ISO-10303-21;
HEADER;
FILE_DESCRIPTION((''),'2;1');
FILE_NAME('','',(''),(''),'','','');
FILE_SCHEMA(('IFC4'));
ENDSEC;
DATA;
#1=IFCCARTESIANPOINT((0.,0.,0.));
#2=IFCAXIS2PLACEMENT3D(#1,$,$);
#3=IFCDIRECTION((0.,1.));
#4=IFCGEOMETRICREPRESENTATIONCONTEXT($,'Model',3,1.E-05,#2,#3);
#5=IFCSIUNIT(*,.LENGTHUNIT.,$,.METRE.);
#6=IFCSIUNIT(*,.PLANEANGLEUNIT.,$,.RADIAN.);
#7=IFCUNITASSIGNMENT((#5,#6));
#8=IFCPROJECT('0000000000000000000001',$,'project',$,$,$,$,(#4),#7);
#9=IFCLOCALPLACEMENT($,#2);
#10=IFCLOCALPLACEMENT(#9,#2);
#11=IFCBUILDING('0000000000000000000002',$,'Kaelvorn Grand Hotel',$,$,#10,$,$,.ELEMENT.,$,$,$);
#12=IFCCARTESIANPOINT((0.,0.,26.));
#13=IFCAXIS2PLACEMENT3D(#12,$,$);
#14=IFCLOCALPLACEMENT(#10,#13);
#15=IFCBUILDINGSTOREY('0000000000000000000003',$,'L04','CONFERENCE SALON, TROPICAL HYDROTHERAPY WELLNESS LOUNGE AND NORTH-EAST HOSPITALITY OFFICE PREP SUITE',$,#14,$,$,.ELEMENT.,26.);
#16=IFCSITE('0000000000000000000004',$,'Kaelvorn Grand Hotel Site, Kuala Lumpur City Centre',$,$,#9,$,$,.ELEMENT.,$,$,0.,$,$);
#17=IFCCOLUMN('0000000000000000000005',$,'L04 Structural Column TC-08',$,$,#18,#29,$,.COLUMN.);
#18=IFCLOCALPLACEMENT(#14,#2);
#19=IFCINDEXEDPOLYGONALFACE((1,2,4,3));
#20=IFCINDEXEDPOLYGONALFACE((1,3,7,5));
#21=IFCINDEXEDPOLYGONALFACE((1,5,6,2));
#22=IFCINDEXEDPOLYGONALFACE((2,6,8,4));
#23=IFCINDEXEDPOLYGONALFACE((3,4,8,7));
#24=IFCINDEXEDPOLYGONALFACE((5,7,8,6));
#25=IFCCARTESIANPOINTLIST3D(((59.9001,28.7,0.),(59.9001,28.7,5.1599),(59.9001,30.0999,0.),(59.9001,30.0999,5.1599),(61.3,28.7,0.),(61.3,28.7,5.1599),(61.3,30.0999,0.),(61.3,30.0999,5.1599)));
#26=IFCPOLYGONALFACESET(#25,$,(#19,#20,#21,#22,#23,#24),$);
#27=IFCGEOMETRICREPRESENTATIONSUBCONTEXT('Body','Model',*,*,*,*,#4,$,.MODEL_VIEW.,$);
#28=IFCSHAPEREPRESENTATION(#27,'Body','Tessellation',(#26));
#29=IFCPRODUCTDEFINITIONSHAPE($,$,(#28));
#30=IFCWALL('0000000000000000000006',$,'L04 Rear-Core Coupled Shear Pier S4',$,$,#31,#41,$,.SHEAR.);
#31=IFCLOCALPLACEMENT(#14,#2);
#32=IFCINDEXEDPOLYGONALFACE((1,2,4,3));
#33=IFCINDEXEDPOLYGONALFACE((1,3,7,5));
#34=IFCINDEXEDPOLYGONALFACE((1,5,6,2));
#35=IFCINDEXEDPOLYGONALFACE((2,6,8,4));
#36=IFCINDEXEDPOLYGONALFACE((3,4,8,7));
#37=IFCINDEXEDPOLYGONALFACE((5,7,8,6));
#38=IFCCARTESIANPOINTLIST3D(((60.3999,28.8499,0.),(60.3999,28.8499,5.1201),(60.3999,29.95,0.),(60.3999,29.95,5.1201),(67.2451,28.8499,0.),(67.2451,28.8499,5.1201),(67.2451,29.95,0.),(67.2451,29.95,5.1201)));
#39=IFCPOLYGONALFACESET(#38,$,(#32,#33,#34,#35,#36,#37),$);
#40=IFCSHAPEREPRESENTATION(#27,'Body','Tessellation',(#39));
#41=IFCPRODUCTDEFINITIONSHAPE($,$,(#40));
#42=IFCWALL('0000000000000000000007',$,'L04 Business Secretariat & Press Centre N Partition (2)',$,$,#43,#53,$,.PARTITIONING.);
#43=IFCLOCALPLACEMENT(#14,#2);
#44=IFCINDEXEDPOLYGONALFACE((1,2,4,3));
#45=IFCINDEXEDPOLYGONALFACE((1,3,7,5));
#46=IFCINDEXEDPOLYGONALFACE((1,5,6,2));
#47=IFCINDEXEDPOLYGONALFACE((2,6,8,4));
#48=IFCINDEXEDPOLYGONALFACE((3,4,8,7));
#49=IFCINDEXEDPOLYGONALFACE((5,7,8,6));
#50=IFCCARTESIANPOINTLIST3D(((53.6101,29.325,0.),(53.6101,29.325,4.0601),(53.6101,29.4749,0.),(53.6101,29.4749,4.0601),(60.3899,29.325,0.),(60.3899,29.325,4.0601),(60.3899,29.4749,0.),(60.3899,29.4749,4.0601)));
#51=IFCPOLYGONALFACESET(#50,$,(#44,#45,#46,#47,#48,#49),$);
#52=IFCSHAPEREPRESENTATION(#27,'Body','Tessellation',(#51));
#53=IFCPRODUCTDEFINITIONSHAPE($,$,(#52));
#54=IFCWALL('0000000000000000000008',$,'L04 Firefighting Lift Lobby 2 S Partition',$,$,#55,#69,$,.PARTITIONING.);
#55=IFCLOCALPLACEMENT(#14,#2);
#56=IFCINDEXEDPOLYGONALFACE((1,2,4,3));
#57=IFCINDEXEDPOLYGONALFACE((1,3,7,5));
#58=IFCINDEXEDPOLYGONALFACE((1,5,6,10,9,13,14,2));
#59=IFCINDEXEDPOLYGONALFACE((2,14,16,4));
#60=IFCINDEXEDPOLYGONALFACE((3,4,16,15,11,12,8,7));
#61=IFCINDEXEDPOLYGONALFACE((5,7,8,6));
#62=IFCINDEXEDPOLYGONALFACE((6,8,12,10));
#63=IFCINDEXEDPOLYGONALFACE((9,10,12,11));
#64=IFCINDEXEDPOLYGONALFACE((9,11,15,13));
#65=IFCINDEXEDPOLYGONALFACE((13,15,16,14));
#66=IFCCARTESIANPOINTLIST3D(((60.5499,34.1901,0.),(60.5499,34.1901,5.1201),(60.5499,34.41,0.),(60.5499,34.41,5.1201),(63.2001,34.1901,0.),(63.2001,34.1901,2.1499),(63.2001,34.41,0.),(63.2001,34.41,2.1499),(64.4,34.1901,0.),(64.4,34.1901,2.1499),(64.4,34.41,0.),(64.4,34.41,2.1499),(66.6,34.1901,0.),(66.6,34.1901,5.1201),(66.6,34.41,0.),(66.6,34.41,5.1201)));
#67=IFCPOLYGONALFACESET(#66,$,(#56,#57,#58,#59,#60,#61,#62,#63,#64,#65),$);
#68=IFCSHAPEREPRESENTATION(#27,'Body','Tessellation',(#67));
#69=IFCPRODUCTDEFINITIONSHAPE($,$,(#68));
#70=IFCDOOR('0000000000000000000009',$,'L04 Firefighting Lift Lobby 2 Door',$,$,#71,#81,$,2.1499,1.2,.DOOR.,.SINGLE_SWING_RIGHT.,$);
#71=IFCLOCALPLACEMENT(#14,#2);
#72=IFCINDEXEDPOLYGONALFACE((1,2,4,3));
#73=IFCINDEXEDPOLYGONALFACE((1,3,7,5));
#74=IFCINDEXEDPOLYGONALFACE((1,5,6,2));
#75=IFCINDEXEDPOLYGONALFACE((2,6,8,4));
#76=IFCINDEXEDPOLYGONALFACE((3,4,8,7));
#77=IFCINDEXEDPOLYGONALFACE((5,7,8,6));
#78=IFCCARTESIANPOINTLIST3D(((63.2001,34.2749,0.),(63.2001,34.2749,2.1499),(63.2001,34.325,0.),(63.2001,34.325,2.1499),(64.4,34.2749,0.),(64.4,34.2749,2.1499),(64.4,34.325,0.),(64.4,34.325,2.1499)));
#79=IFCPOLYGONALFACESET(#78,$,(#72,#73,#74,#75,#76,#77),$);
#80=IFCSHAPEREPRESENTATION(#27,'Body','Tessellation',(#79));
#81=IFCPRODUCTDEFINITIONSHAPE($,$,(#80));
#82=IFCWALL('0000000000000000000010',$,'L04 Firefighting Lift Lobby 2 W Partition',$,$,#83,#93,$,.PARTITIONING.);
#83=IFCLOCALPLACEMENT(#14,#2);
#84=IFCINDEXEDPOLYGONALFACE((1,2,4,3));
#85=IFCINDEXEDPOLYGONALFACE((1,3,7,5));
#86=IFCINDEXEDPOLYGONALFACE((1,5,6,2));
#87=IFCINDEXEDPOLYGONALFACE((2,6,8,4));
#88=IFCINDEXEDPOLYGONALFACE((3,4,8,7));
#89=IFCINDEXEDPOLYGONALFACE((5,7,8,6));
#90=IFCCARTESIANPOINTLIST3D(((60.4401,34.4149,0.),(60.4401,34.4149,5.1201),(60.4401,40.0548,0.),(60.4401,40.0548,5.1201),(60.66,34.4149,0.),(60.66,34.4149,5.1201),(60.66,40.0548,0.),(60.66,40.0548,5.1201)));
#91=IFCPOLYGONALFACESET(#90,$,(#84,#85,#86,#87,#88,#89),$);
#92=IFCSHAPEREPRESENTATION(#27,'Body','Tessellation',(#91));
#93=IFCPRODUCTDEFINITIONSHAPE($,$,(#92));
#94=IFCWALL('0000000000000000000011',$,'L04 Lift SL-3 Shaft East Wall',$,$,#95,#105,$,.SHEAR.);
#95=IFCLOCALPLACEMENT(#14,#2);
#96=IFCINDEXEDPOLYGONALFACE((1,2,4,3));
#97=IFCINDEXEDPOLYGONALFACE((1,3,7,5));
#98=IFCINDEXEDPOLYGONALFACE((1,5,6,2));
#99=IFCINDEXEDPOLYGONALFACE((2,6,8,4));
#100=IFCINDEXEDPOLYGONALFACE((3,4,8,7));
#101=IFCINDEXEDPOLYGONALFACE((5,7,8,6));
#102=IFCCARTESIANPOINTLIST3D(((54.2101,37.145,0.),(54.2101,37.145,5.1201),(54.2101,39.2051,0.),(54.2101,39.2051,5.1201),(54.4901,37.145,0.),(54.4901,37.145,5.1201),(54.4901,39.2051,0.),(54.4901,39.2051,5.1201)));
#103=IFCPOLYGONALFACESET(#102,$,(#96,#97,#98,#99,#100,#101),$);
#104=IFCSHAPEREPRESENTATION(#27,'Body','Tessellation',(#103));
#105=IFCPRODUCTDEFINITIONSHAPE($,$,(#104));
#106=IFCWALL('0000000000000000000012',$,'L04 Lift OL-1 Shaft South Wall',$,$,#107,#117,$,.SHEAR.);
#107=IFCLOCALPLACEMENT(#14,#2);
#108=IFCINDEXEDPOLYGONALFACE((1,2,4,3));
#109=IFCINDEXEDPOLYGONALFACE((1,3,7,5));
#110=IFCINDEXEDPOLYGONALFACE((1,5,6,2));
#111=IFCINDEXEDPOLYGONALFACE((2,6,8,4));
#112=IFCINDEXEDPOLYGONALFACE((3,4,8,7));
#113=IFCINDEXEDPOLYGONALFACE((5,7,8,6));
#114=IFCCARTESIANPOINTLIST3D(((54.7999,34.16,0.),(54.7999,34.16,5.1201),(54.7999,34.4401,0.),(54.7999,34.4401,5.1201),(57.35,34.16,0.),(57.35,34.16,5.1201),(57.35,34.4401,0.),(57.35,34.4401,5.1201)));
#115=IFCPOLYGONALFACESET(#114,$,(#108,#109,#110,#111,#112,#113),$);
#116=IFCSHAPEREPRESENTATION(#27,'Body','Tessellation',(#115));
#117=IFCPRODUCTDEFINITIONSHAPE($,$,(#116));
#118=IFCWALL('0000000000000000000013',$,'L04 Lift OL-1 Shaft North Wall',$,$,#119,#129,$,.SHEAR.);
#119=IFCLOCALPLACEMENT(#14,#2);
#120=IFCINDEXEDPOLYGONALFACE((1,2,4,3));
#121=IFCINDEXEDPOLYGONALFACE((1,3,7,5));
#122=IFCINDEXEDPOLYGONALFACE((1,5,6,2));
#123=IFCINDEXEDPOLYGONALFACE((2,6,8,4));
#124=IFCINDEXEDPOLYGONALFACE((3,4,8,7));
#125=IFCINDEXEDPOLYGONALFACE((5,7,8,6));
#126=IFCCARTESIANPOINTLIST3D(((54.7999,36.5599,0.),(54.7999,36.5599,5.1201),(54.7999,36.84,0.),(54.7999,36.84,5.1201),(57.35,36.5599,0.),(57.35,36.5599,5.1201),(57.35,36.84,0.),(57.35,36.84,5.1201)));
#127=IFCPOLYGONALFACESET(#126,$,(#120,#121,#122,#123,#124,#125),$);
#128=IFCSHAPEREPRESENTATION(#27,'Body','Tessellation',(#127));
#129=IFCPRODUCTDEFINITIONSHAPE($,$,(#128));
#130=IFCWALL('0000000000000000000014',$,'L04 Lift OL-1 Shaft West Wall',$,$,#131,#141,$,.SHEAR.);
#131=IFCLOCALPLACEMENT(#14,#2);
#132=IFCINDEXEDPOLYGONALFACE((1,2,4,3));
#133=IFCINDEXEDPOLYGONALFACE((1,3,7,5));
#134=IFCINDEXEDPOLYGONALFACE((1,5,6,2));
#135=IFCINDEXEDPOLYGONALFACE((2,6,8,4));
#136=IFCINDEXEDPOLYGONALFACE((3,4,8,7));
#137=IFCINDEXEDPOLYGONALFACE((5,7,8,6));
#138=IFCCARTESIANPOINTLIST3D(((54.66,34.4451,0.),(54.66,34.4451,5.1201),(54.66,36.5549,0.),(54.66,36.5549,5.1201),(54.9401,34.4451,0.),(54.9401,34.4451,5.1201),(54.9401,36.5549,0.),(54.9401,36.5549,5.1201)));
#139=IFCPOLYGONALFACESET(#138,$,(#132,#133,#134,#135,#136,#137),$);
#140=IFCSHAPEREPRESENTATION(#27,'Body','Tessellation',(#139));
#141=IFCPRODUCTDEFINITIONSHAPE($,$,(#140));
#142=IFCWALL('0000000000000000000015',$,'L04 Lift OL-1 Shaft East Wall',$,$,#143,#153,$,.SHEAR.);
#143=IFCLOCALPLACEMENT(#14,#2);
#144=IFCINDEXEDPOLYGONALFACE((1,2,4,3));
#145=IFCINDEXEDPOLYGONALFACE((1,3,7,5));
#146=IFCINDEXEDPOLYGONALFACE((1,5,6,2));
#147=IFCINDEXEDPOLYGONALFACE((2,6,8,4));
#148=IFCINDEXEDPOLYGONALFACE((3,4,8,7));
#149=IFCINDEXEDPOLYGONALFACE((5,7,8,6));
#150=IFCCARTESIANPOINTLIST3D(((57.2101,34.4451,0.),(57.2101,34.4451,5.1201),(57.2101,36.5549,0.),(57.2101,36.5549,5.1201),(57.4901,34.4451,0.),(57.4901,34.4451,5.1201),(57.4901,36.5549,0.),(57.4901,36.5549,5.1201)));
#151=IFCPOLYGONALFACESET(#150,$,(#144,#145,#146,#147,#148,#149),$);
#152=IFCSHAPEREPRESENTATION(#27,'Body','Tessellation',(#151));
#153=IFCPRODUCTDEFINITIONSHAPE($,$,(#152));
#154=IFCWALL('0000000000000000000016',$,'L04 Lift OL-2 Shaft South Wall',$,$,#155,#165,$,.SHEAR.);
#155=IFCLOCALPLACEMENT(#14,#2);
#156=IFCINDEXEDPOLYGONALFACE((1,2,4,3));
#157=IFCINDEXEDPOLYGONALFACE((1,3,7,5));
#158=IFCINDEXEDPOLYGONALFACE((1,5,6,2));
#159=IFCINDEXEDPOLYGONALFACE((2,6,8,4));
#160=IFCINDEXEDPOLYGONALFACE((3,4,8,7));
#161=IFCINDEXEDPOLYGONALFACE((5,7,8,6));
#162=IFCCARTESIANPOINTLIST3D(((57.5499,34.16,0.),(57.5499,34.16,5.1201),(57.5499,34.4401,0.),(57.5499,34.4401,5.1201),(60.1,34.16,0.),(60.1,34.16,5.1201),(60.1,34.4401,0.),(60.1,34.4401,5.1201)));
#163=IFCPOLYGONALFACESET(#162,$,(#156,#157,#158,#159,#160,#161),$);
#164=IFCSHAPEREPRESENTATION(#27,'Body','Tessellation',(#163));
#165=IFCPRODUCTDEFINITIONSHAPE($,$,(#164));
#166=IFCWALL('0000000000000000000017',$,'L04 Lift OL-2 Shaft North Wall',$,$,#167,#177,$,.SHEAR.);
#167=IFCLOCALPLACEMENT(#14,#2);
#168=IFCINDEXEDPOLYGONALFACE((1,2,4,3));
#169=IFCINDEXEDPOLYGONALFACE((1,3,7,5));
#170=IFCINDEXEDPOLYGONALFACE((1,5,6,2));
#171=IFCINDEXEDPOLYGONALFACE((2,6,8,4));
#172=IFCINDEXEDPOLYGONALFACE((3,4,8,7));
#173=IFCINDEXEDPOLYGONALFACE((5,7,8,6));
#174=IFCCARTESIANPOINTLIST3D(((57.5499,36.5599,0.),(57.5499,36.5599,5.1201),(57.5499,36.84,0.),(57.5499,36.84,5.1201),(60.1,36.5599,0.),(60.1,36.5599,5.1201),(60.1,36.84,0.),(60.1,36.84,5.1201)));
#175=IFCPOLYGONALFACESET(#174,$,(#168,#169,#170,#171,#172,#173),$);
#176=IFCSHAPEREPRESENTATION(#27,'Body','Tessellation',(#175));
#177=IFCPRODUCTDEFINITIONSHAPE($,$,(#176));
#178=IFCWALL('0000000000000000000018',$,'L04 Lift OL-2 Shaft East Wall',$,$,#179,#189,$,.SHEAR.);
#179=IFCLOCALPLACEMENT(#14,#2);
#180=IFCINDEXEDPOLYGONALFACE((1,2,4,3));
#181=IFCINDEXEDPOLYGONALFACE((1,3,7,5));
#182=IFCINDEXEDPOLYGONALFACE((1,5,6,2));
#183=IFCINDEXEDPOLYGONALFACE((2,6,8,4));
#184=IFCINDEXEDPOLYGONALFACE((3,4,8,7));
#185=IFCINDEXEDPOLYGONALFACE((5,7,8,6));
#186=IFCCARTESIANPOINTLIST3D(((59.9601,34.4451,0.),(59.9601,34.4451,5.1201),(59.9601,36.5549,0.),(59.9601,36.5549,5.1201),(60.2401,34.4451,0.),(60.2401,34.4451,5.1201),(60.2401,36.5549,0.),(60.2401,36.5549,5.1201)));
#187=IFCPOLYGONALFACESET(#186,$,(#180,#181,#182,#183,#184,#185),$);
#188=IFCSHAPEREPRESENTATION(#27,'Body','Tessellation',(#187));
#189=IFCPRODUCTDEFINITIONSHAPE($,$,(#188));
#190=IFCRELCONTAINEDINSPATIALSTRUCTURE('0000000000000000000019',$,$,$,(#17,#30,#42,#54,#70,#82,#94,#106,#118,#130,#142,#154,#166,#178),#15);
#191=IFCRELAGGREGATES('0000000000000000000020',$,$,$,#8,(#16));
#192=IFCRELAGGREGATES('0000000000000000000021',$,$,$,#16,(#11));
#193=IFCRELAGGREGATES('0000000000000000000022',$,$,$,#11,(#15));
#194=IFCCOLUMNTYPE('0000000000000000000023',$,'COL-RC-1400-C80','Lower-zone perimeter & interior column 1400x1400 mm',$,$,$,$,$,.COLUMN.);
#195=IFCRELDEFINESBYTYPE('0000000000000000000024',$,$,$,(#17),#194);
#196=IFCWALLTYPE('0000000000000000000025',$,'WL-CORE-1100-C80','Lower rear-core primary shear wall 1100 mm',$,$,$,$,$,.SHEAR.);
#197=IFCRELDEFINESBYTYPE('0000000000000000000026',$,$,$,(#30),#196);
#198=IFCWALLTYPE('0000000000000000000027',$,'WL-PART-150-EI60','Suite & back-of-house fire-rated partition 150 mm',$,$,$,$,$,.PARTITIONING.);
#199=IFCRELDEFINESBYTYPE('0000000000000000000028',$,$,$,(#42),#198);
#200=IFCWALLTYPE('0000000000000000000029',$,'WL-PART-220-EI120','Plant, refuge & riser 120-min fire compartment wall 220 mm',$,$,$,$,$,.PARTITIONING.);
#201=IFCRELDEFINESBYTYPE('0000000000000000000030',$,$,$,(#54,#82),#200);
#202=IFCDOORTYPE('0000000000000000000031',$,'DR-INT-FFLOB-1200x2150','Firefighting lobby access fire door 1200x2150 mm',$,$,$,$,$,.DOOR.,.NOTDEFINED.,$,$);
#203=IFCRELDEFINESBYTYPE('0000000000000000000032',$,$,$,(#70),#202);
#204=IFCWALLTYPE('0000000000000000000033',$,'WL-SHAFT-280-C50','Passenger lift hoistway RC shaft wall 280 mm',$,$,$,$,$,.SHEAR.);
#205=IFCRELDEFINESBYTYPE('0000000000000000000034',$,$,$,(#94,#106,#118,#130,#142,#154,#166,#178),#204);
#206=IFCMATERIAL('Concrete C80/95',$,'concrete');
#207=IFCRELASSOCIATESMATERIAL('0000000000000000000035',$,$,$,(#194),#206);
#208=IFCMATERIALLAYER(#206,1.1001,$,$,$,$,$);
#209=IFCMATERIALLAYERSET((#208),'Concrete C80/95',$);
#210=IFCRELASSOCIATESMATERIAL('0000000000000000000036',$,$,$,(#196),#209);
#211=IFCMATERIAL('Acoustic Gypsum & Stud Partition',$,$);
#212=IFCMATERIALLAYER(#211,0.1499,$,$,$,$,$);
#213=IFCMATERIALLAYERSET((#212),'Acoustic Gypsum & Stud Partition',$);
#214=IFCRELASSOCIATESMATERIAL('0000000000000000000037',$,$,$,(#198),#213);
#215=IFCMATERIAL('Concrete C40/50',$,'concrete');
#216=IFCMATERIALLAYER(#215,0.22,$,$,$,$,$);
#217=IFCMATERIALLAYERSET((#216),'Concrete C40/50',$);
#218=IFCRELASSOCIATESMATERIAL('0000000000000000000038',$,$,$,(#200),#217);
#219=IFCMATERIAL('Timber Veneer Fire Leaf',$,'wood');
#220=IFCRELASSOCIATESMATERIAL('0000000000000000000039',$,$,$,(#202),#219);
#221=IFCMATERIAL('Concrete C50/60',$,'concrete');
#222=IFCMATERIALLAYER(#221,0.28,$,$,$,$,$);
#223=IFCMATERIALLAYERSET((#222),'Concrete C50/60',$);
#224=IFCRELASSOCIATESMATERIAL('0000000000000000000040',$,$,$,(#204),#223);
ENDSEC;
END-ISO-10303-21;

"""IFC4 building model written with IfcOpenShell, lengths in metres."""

from ifc_helpers import new_model, si_unit, direction, frame, frame_2d, origin, origin_2d, place, context, subcontext, project, spatial, rectangle, extrude, material, layer, layer_set, material_profile, profile_set, type_object, element, fill, save


model = new_model("IFC4")

# Units and contexts
model_context = context("Model", 3, precision=1e-05, world=origin(), true_north=direction((0.0, 1.0)))
body_context = subcontext(model_context, "Body", "Model", "MODEL_VIEW")
ifc_project = project(units=[si_unit("LENGTHUNIT", "METRE"), si_unit("PLANEANGLEUNIT", "RADIAN")], contexts=[model_context])

# Site, building, storey
site_placement = place(None, origin())
site = spatial("IfcSite", under=ifc_project, at=site_placement, Name="Kaelvorn Grand Hotel Site, Kuala Lumpur City Centre", CompositionType="ELEMENT", RefElevation=0.0)
building_placement = place(site_placement, origin())
building = spatial("IfcBuilding", under=site, at=building_placement, Name="Kaelvorn Grand Hotel", CompositionType="ELEMENT")
storey_placement = place(building_placement, frame((0.0, 0.0, 26.0)))
storey = spatial("IfcBuildingStorey", under=building, at=storey_placement, Name="L04", Description="CONFERENCE SALON, TROPICAL HYDROTHERAPY WELLNESS LOUNGE AND NORTH-EAST HOSPITALITY OFFICE PREP SUITE", CompositionType="ELEMENT", Elevation=26.0)

# Column
ifc_material_1 = material(Name="Concrete C80/95", Category="concrete")
ifc_material_profile = material_profile(ifc_material_1, rectangle(XDim=1.3999, YDim=1.3999, at=origin_2d()), Name="RC COL 1400x1400")
ifc_profile_set = profile_set([ifc_material_profile], Name="Concrete C80/95")
column_type = type_object("IfcColumnType", Name="COL-RC-1400-C80", Description="Lower-zone perimeter & interior column 1400x1400 mm", PredefinedType="COLUMN", material=ifc_profile_set)
column_placement = place(storey_placement, frame((60.6001, 29.3999, 0.0), z_axis=(0.0, 0.0, 1.0), x_axis=(1.0, 0.0, 0.0)))
element("IfcColumn", 1, at=column_placement, inside=storey, type_object=column_type, Name="L04 Structural Column TC-08", PredefinedType="COLUMN", context=body_context, shape_type="SweptSolid", body=[
    extrude(rectangle(XDim=1.3999, YDim=1.3999, at=origin_2d()), origin(), (0.0, 0.0, 1.0), 5.1599),
])

# Walls
ifc_layer_1 = layer(ifc_material_1, 1.1001)
ifc_layer_set_1 = layer_set([ifc_layer_1], Name="Concrete C80/95")
wall_type_1 = type_object("IfcWallType", Name="WL-CORE-1100-C80", Description="Lower rear-core primary shear wall 1100 mm", PredefinedType="SHEAR", material=ifc_layer_set_1)
wall_1_placement = place(storey_placement, frame((60.3999, 29.3999, 0.0), z_axis=(0.0, 0.0, 1.0), x_axis=(1.0, 0.0, 0.0)))
element("IfcWall", 2, at=wall_1_placement, inside=storey, type_object=wall_type_1, Name="L04 Rear-Core Coupled Shear Pier S4", PredefinedType="SHEAR", context=body_context, shape_type="SweptSolid", body=[
    extrude(rectangle(XDim=6.8452, YDim=1.1001, at=frame_2d((3.4226, 0.0))), origin(), (0.0, 0.0, 1.0), 5.1201),
])
ifc_material_2 = material(Name="Acoustic Gypsum & Stud Partition")
ifc_layer_2 = layer(ifc_material_2, 0.1499)
ifc_layer_set_2 = layer_set([ifc_layer_2], Name="Acoustic Gypsum & Stud Partition")
wall_type_2 = type_object("IfcWallType", Name="WL-PART-150-EI60", Description="Suite & back-of-house fire-rated partition 150 mm", PredefinedType="PARTITIONING", material=ifc_layer_set_2)
wall_2_placement = place(storey_placement, frame((53.6101, 29.3999, 0.0), z_axis=(0.0, 0.0, 1.0), x_axis=(1.0, 0.0, 0.0)))
element("IfcWall", 3, at=wall_2_placement, inside=storey, type_object=wall_type_2, Name="L04 Business Secretariat & Press Centre N Partition (2)", PredefinedType="PARTITIONING", context=body_context, shape_type="SweptSolid", body=[
    extrude(rectangle(XDim=6.7798, YDim=0.1499, at=frame_2d((3.3899, 0.0))), origin(), (0.0, 0.0, 1.0), 4.0601),
])

# Wall, opening, door
ifc_material_3 = material(Name="Concrete C40/50", Category="concrete")
ifc_layer_3 = layer(ifc_material_3, 0.22)
ifc_layer_set_3 = layer_set([ifc_layer_3], Name="Concrete C40/50")
wall_type_3 = type_object("IfcWallType", Name="WL-PART-220-EI120", Description="Plant, refuge & riser 120-min fire compartment wall 220 mm", PredefinedType="PARTITIONING", material=ifc_layer_set_3)
wall_3_placement = place(storey_placement, frame((60.55, 34.3, 0.0), z_axis=(0.0, 0.0, 1.0), x_axis=(1.0, 0.0, 0.0)))
wall_3 = element("IfcWall", 4, at=wall_3_placement, inside=storey, type_object=wall_type_3, Name="L04 Firefighting Lift Lobby 2 S Partition", PredefinedType="PARTITIONING", context=body_context, shape_type="SweptSolid", body=[
    extrude(rectangle(XDim=6.05, YDim=0.22, at=frame_2d((3.0249, 0.0))), origin(), (0.0, 0.0, 1.0), 5.1201),
])
opening_1_placement = place(wall_3_placement, frame((2.6499, 0.0, 0.0)))
opening_1 = element("IfcOpeningElement", 5, at=opening_1_placement, cuts=wall_3, PredefinedType="OPENING", context=body_context, shape_type="SweptSolid", body=[
    extrude(rectangle(XDim=1.2, YDim=2.1499, at=frame_2d((0.6001, 1.075))), frame((0.0, 0.1201, 0.0), z_axis=(0.0, -1.0, 0.0), x_axis=(1.0, 0.0, 0.0)), (0.0, 0.0, 1.0), 0.24),
])
ifc_material_4 = material(Name="Timber Veneer Fire Leaf", Category="wood")
door_type_1 = type_object("IfcDoorType", Name="DR-INT-FFLOB-1200x2150", Description="Firefighting lobby access fire door 1200x2150 mm", OperationType="NOTDEFINED", PredefinedType="DOOR", material=ifc_material_4)
door_1_placement = place(opening_1_placement, origin())
door_1 = element("IfcDoor", 6, at=door_1_placement, inside=storey, type_object=door_type_1, Name="L04 Firefighting Lift Lobby 2 Door", OperationType="SINGLE_SWING_RIGHT", OverallHeight=2.1499, OverallWidth=1.2, PredefinedType="DOOR", context=body_context, shape_type="SweptSolid", body=[
    extrude(rectangle(XDim=1.2, YDim=2.1499, at=frame_2d((0.6001, 1.075))), frame((0.0, 0.0249, 0.0), z_axis=(0.0, -1.0, 0.0), x_axis=(1.0, 0.0, 0.0)), (0.0, 0.0, 1.0), 0.05),
])
fill(opening_1, door_1)

# Walls
wall_4_placement = place(storey_placement, frame((60.55, 34.415, 0.0), z_axis=(0.0, 0.0, 1.0), x_axis=(0.0, 1.0, 0.0)))
element("IfcWall", 7, at=wall_4_placement, inside=storey, type_object=wall_type_3, Name="L04 Firefighting Lift Lobby 2 W Partition", PredefinedType="PARTITIONING", context=body_context, shape_type="SweptSolid", body=[
    extrude(rectangle(XDim=5.6399, YDim=0.22, at=frame_2d((2.8198, 0.0))), origin(), (0.0, 0.0, 1.0), 5.1201),
])
ifc_material_5 = material(Name="Concrete C50/60", Category="concrete")
ifc_layer_4 = layer(ifc_material_5, 0.28)
ifc_layer_set_4 = layer_set([ifc_layer_4], Name="Concrete C50/60")
wall_type_4 = type_object("IfcWallType", Name="WL-SHAFT-280-C50", Description="Passenger lift hoistway RC shaft wall 280 mm", PredefinedType="SHEAR", material=ifc_layer_set_4)
wall_5_placement = place(storey_placement, frame((54.3501, 37.145, 0.0), z_axis=(0.0, 0.0, 1.0), x_axis=(0.0, 1.0, 0.0)))
element("IfcWall", 8, at=wall_5_placement, inside=storey, type_object=wall_type_4, Name="L04 Lift SL-3 Shaft East Wall", PredefinedType="SHEAR", context=body_context, shape_type="SweptSolid", body=[
    extrude(rectangle(XDim=2.0601, YDim=0.28, at=frame_2d((1.03, 0.0))), origin(), (0.0, 0.0, 1.0), 5.1201),
])
for number, where, z_axis, x_axis, name in (
    (9, (54.8, 34.3, 0.0), (0.0, 0.0, 1.0), (1.0, 0.0, 0.0), "L04 Lift OL-1 Shaft South Wall"),
    (10, (54.8, 36.7, 0.0), (0.0, 0.0, 1.0), (1.0, 0.0, 0.0), "L04 Lift OL-1 Shaft North Wall"),
):
    element("IfcWall", number, at=place(storey_placement, frame(where, z_axis=z_axis, x_axis=x_axis)), inside=storey, type_object=wall_type_4, Name=name, PredefinedType="SHEAR", context=body_context, shape_type="SweptSolid", body=[
        extrude(rectangle(XDim=2.55, YDim=0.28, at=frame_2d((1.2749, 0.0))), origin(), (0.0, 0.0, 1.0), 5.1201),
    ])
for number, where, z_axis, x_axis, name in (
    (11, (54.8, 34.4451, 0.0), (0.0, 0.0, 1.0), (0.0, 1.0, 0.0), "L04 Lift OL-1 Shaft West Wall"),
    (12, (57.3501, 34.4451, 0.0), (0.0, 0.0, 1.0), (0.0, 1.0, 0.0), "L04 Lift OL-1 Shaft East Wall"),
):
    element("IfcWall", number, at=place(storey_placement, frame(where, z_axis=z_axis, x_axis=x_axis)), inside=storey, type_object=wall_type_4, Name=name, PredefinedType="SHEAR", context=body_context, shape_type="SweptSolid", body=[
        extrude(rectangle(XDim=2.1099, YDim=0.28, at=frame_2d((1.0549, 0.0))), origin(), (0.0, 0.0, 1.0), 5.1201),
    ])
for number, where, z_axis, x_axis, name in (
    (13, (57.55, 34.3, 0.0), (0.0, 0.0, 1.0), (1.0, 0.0, 0.0), "L04 Lift OL-2 Shaft South Wall"),
    (14, (57.55, 36.7, 0.0), (0.0, 0.0, 1.0), (1.0, 0.0, 0.0), "L04 Lift OL-2 Shaft North Wall"),
):
    element("IfcWall", number, at=place(storey_placement, frame(where, z_axis=z_axis, x_axis=x_axis)), inside=storey, type_object=wall_type_4, Name=name, PredefinedType="SHEAR", context=body_context, shape_type="SweptSolid", body=[
        extrude(rectangle(XDim=2.55, YDim=0.28, at=frame_2d((1.2749, 0.0))), origin(), (0.0, 0.0, 1.0), 5.1201),
    ])
wall_6_placement = place(storey_placement, frame((60.1001, 34.4451, 0.0), z_axis=(0.0, 0.0, 1.0), x_axis=(0.0, 1.0, 0.0)))
element("IfcWall", 15, at=wall_6_placement, inside=storey, type_object=wall_type_4, Name="L04 Lift OL-2 Shaft East Wall", PredefinedType="SHEAR", context=body_context, shape_type="SweptSolid", body=[
    extrude(rectangle(XDim=2.1099, YDim=0.28, at=frame_2d((1.0549, 0.0))), origin(), (0.0, 0.0, 1.0), 5.1201),
])

save(model, "model.ifc")
